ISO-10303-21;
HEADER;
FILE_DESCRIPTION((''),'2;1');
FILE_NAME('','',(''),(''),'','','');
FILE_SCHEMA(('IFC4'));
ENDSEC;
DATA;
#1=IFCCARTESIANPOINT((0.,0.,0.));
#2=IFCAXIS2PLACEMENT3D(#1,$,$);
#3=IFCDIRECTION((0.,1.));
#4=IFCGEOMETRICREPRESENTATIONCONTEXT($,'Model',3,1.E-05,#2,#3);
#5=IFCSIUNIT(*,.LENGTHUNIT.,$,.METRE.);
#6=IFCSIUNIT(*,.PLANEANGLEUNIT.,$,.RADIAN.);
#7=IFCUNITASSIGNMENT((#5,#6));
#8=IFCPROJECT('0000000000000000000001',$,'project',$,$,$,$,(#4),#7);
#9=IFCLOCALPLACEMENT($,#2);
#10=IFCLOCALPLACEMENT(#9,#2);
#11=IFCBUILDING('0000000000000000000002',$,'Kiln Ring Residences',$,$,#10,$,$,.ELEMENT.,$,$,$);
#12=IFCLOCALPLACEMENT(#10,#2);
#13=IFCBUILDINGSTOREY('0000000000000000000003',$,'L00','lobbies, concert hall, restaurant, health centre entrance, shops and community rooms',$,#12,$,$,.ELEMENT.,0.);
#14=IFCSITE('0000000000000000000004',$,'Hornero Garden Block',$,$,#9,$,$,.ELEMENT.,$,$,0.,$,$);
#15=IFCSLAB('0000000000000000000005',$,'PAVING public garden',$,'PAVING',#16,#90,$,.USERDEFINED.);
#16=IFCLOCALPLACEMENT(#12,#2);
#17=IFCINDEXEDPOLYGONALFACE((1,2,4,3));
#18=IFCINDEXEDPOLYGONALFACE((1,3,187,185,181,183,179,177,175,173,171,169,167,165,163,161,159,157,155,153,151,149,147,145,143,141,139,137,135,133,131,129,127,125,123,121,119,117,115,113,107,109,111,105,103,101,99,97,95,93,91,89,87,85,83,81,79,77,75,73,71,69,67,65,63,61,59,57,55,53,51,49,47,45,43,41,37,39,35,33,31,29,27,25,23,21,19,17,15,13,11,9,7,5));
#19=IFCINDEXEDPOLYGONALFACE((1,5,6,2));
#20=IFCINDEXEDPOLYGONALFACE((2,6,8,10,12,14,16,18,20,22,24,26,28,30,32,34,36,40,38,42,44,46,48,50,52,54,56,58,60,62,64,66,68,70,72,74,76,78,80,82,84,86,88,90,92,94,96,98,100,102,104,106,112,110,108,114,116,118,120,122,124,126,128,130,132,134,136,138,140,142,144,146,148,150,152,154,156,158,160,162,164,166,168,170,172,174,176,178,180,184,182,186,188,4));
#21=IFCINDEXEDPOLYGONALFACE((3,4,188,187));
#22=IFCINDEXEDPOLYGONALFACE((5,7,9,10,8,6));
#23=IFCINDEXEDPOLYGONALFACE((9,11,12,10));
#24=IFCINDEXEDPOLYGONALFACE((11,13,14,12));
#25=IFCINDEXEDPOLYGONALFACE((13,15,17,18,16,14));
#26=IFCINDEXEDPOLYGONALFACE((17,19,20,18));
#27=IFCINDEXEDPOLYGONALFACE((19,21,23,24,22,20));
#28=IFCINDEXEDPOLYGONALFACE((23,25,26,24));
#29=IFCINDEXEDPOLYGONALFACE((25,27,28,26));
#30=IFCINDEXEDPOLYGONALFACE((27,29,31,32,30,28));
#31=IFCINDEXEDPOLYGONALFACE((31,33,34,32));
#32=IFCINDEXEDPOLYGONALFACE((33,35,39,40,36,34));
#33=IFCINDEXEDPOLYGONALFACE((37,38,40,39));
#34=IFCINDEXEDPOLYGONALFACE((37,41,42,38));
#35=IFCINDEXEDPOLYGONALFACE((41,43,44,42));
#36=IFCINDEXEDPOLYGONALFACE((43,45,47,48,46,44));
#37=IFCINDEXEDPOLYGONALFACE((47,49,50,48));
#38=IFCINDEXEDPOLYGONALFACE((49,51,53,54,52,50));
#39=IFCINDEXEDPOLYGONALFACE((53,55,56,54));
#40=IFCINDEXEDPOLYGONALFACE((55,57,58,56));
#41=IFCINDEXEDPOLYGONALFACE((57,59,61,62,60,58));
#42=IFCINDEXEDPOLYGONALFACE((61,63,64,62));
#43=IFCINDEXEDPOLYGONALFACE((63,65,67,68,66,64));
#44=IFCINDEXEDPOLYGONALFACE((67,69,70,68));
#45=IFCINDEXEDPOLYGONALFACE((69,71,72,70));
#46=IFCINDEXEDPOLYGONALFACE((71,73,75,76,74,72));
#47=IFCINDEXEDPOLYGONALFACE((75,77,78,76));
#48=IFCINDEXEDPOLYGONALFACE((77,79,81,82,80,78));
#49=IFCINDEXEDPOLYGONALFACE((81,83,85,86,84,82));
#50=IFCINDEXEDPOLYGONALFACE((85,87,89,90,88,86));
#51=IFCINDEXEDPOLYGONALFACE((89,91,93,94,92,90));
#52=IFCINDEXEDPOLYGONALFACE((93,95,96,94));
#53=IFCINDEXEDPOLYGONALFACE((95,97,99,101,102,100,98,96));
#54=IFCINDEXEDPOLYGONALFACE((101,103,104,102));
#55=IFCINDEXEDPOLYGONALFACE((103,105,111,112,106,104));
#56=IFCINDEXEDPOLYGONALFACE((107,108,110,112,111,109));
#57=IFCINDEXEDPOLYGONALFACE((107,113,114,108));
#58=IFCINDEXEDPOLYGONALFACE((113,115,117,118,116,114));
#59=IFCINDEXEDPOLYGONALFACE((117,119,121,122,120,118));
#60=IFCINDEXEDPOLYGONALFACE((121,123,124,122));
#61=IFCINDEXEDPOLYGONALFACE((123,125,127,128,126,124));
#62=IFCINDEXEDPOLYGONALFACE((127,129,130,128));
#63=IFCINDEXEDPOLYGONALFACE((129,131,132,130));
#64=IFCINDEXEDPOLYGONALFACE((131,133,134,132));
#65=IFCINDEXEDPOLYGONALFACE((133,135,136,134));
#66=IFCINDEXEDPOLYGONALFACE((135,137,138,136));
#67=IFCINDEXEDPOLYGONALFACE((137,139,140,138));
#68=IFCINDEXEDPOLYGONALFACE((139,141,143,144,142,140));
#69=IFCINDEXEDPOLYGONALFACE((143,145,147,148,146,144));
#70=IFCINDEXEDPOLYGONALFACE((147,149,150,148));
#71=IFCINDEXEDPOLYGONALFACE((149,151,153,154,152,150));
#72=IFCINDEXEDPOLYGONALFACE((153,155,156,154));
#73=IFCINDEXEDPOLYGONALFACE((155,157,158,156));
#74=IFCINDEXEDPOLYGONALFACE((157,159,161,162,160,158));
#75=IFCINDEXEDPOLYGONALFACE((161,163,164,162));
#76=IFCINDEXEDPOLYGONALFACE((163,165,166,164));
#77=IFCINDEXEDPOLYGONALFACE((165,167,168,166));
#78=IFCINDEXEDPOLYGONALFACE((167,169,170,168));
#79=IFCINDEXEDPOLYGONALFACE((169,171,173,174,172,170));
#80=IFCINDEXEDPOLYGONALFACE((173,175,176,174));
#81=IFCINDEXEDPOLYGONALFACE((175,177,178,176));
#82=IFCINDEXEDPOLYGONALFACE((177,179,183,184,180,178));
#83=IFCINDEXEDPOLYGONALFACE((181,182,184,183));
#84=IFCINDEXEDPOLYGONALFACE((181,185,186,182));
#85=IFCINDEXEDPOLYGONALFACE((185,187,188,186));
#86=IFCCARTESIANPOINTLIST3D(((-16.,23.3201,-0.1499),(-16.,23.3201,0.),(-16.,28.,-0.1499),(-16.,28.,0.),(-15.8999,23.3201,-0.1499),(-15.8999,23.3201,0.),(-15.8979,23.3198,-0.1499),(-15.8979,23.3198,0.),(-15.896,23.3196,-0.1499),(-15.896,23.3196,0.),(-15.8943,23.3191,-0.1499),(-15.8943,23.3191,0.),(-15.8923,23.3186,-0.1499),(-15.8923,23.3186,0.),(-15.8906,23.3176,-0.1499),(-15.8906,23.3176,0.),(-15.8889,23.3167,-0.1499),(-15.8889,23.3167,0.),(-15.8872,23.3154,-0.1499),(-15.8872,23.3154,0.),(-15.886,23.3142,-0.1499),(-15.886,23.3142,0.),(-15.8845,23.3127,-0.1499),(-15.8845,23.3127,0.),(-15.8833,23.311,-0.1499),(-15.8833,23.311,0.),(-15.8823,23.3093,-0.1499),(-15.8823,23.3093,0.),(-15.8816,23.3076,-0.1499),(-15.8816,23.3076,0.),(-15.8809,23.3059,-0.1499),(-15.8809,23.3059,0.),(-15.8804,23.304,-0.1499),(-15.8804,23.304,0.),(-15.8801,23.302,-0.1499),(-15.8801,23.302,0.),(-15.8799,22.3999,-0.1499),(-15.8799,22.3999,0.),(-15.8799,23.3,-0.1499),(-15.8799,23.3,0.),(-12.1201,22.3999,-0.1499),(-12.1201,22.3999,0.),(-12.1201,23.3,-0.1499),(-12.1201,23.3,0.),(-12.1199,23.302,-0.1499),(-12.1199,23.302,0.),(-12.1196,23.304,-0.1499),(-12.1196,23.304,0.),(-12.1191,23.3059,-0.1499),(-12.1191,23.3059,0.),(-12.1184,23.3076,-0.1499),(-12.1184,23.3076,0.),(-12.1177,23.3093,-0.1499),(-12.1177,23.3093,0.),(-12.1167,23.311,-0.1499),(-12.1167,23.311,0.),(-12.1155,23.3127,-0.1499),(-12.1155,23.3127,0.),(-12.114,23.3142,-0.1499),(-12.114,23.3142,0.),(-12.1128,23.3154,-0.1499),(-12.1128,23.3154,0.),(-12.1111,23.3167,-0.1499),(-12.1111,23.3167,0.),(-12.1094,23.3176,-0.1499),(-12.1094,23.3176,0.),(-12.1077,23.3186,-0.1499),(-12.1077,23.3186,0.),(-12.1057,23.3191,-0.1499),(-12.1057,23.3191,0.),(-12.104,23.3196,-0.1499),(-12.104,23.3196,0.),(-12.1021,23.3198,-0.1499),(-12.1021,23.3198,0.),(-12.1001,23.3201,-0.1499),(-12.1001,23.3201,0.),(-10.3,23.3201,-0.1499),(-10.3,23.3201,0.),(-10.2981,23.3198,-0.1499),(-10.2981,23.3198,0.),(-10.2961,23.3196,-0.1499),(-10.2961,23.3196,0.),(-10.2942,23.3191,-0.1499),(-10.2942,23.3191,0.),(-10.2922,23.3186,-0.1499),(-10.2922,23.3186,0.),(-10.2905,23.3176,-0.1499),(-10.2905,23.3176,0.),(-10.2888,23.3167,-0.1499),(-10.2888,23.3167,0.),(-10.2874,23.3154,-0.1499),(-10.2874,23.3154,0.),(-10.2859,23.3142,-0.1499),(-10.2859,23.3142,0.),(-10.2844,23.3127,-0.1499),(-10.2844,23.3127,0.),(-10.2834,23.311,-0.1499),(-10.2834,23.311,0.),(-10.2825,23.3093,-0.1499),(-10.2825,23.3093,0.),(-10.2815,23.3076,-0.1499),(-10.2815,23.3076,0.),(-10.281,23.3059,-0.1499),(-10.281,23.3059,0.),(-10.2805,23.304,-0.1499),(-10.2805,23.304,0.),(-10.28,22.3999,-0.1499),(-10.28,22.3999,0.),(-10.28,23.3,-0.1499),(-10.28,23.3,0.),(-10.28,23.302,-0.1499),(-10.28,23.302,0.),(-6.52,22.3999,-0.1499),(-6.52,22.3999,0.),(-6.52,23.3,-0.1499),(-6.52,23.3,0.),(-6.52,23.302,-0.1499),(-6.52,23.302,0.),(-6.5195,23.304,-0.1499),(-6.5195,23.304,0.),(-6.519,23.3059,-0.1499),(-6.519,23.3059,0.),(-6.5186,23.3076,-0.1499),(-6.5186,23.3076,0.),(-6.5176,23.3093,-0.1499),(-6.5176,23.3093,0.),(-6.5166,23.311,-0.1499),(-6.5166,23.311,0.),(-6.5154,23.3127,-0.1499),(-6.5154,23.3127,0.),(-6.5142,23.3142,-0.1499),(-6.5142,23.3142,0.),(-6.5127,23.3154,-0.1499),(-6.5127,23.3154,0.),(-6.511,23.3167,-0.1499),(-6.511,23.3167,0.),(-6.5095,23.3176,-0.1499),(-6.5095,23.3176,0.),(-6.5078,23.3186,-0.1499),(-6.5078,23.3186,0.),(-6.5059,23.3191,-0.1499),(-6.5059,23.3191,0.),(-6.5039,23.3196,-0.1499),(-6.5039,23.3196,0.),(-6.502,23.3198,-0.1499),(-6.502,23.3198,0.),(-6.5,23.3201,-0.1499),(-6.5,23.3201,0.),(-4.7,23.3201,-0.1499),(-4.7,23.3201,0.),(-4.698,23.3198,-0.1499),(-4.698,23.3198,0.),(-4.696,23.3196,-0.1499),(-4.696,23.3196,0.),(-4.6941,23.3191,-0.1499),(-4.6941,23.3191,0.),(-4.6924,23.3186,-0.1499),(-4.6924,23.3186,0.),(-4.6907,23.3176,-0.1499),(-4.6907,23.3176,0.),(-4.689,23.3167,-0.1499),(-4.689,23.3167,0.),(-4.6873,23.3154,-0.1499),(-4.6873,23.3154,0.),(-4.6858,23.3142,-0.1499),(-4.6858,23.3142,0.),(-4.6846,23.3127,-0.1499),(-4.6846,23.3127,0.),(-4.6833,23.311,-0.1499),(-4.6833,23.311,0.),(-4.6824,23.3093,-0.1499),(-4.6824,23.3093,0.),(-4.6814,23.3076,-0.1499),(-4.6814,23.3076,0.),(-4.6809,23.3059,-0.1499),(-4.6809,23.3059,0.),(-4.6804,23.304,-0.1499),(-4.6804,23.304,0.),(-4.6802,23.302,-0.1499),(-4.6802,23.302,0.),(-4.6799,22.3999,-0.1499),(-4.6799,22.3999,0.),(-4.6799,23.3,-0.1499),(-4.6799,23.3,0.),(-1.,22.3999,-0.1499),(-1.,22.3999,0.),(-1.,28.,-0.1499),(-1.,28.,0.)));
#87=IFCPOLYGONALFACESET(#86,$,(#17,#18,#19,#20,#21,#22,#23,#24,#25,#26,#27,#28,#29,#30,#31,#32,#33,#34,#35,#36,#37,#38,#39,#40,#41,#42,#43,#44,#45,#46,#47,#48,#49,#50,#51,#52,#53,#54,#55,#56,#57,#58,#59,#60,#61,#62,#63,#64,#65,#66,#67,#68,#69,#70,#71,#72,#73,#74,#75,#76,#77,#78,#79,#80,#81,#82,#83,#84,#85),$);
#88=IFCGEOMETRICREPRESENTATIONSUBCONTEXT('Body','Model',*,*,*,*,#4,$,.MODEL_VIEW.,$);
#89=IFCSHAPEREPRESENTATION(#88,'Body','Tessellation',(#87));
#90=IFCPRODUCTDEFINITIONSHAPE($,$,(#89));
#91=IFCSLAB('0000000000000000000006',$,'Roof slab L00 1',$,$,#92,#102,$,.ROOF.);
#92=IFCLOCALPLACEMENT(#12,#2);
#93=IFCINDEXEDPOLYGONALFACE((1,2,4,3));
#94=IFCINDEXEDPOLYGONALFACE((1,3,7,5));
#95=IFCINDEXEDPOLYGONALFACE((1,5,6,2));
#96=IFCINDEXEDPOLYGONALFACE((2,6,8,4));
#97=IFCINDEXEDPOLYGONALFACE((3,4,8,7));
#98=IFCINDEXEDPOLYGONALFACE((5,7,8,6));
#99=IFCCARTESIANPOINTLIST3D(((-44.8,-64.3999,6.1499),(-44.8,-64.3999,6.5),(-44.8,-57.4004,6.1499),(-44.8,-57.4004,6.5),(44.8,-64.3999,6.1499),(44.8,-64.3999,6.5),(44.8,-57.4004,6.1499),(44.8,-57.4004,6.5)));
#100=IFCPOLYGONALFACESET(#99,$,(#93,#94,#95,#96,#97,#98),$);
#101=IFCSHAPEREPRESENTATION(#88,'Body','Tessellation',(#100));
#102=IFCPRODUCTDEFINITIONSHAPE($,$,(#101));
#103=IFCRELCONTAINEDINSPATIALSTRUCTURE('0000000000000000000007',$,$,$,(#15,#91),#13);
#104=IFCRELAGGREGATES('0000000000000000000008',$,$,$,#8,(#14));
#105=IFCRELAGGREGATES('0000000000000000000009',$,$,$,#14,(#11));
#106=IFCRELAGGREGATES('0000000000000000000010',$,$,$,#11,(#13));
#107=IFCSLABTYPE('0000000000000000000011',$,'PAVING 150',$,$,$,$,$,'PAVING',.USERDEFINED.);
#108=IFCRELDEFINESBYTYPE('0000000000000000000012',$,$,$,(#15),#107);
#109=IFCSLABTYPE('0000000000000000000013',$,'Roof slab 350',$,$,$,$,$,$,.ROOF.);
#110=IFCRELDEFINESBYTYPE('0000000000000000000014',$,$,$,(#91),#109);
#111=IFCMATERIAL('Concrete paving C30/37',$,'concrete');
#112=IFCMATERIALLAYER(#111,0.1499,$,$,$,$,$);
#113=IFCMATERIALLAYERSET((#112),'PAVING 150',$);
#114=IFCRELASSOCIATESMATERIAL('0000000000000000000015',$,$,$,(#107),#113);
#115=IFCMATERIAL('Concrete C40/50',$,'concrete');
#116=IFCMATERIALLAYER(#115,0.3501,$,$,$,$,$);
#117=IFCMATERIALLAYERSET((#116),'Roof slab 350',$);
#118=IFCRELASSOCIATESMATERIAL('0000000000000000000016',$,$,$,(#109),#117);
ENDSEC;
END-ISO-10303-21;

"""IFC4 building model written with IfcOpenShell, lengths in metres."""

from ifc_helpers import new_model, si_unit, direction, frame, origin, place, context, subcontext, project, spatial, polyline, outline, extrude, material, layer, layer_set, type_object, element, save


model = new_model("IFC4")

# Units and contexts
model_context = context("Model", 3, precision=1e-05, world=origin(), true_north=direction((0.0, 1.0)))
body_context = subcontext(model_context, "Body", "Model", "MODEL_VIEW")
ifc_project = project(units=[si_unit("LENGTHUNIT", "METRE"), si_unit("PLANEANGLEUNIT", "RADIAN")], contexts=[model_context])

# Site, building, storey
site_placement = place(None, origin())
site = spatial("IfcSite", under=ifc_project, at=site_placement, Name="Hornero Garden Block", CompositionType="ELEMENT", RefElevation=0.0)
building_placement = place(site_placement, origin())
building = spatial("IfcBuilding", under=site, at=building_placement, Name="Kiln Ring Residences", CompositionType="ELEMENT")
storey_placement = place(building_placement, origin())
storey = spatial("IfcBuildingStorey", under=building, at=storey_placement, Name="L00", Description="lobbies, concert hall, restaurant, health centre entrance, shops and community rooms", CompositionType="ELEMENT", Elevation=0.0)

# Slabs
ifc_material_1 = material(Name="Concrete paving C30/37", Category="concrete")
ifc_layer_1 = layer(ifc_material_1, 0.1499)
ifc_layer_set_1 = layer_set([ifc_layer_1], Name="PAVING 150")
slab_type_1 = type_object("IfcSlabType", Name="PAVING 150", ElementType="PAVING", PredefinedType="USERDEFINED", material=ifc_layer_set_1)
placement_1 = place(storey_placement, frame((0.0, 0.0, -0.1499)))
element("IfcSlab", 1, at=placement_1, inside=storey, type_object=slab_type_1, Name="PAVING public garden", ObjectType="PAVING", PredefinedType="USERDEFINED", context=body_context, shape_type="SweptSolid", body=[
    extrude(outline(polyline([(-1.0, 28.0), (-16.0, 28.0), (-16.0, 23.3201), (-15.8999, 23.3201), (-15.8979, 23.3198), (-15.896, 23.3196), (-15.8943, 23.3191), (-15.8923, 23.3186), (-15.8906, 23.3176), (-15.8889, 23.3167), (-15.8872, 23.3154), (-15.886, 23.3142), (-15.8845, 23.3127), (-15.8833, 23.311), (-15.8823, 23.3093), (-15.8816, 23.3076), (-15.8809, 23.3059), (-15.8804, 23.304), (-15.8801, 23.302), (-15.8799, 23.3), (-15.8799, 22.3999), (-12.1201, 22.3999), (-12.1201, 23.3), (-12.1199, 23.302), (-12.1196, 23.304), (-12.1191, 23.3059), (-12.1184, 23.3076), (-12.1177, 23.3093), (-12.1167, 23.311), (-12.1155, 23.3127), (-12.114, 23.3142), (-12.1128, 23.3154), (-12.1111, 23.3167), (-12.1094, 23.3176), (-12.1077, 23.3186), (-12.1057, 23.3191), (-12.104, 23.3196), (-12.1021, 23.3198), (-12.1001, 23.3201), (-10.3, 23.3201), (-10.2981, 23.3198), (-10.2961, 23.3196), (-10.2942, 23.3191), (-10.2922, 23.3186), (-10.2905, 23.3176), (-10.2888, 23.3167), (-10.2874, 23.3154), (-10.2859, 23.3142), (-10.2844, 23.3127), (-10.2834, 23.311), (-10.2825, 23.3093), (-10.2815, 23.3076), (-10.281, 23.3059), (-10.2805, 23.304), (-10.28, 23.302), (-10.28, 23.3), (-10.28, 22.3999), (-6.52, 22.3999), (-6.52, 23.3), (-6.52, 23.302), (-6.5195, 23.304), (-6.519, 23.3059), (-6.5186, 23.3076), (-6.5176, 23.3093), (-6.5166, 23.311), (-6.5154, 23.3127), (-6.5142, 23.3142), (-6.5127, 23.3154), (-6.511, 23.3167), (-6.5095, 23.3176), (-6.5078, 23.3186), (-6.5059, 23.3191), (-6.5039, 23.3196), (-6.502, 23.3198), (-6.5, 23.3201), (-4.7, 23.3201), (-4.698, 23.3198), (-4.696, 23.3196), (-4.6941, 23.3191), (-4.6924, 23.3186), (-4.6907, 23.3176), (-4.689, 23.3167), (-4.6873, 23.3154), (-4.6858, 23.3142), (-4.6846, 23.3127), (-4.6833, 23.311), (-4.6824, 23.3093), (-4.6814, 23.3076), (-4.6809, 23.3059), (-4.6804, 23.304), (-4.6802, 23.302), (-4.6799, 23.3), (-4.6799, 22.3999), (-1.0, 22.3999), (-1.0, 28.0)])), origin(), (0.0, 0.0, 1.0), 0.1499),
])
ifc_material_2 = material(Name="Concrete C40/50", Category="concrete")
ifc_layer_2 = layer(ifc_material_2, 0.3501)
ifc_layer_set_2 = layer_set([ifc_layer_2], Name="Roof slab 350")
slab_type_2 = type_object("IfcSlabType", Name="Roof slab 350", PredefinedType="ROOF", material=ifc_layer_set_2)
slab_1_placement = place(storey_placement, frame((0.0, 0.0, 6.1499)))
element("IfcSlab", 2, at=slab_1_placement, inside=storey, type_object=slab_type_2, Name="Roof slab L00 1", PredefinedType="ROOF", context=body_context, shape_type="SweptSolid", body=[
    extrude(outline(polyline([(44.8, -64.3999), (44.8, -57.4004), (-44.8, -57.4004), (-44.8, -64.3999), (44.8, -64.3999)])), origin(), (0.0, 0.0, 1.0), 0.3501),
])

save(model, "model.ifc")
